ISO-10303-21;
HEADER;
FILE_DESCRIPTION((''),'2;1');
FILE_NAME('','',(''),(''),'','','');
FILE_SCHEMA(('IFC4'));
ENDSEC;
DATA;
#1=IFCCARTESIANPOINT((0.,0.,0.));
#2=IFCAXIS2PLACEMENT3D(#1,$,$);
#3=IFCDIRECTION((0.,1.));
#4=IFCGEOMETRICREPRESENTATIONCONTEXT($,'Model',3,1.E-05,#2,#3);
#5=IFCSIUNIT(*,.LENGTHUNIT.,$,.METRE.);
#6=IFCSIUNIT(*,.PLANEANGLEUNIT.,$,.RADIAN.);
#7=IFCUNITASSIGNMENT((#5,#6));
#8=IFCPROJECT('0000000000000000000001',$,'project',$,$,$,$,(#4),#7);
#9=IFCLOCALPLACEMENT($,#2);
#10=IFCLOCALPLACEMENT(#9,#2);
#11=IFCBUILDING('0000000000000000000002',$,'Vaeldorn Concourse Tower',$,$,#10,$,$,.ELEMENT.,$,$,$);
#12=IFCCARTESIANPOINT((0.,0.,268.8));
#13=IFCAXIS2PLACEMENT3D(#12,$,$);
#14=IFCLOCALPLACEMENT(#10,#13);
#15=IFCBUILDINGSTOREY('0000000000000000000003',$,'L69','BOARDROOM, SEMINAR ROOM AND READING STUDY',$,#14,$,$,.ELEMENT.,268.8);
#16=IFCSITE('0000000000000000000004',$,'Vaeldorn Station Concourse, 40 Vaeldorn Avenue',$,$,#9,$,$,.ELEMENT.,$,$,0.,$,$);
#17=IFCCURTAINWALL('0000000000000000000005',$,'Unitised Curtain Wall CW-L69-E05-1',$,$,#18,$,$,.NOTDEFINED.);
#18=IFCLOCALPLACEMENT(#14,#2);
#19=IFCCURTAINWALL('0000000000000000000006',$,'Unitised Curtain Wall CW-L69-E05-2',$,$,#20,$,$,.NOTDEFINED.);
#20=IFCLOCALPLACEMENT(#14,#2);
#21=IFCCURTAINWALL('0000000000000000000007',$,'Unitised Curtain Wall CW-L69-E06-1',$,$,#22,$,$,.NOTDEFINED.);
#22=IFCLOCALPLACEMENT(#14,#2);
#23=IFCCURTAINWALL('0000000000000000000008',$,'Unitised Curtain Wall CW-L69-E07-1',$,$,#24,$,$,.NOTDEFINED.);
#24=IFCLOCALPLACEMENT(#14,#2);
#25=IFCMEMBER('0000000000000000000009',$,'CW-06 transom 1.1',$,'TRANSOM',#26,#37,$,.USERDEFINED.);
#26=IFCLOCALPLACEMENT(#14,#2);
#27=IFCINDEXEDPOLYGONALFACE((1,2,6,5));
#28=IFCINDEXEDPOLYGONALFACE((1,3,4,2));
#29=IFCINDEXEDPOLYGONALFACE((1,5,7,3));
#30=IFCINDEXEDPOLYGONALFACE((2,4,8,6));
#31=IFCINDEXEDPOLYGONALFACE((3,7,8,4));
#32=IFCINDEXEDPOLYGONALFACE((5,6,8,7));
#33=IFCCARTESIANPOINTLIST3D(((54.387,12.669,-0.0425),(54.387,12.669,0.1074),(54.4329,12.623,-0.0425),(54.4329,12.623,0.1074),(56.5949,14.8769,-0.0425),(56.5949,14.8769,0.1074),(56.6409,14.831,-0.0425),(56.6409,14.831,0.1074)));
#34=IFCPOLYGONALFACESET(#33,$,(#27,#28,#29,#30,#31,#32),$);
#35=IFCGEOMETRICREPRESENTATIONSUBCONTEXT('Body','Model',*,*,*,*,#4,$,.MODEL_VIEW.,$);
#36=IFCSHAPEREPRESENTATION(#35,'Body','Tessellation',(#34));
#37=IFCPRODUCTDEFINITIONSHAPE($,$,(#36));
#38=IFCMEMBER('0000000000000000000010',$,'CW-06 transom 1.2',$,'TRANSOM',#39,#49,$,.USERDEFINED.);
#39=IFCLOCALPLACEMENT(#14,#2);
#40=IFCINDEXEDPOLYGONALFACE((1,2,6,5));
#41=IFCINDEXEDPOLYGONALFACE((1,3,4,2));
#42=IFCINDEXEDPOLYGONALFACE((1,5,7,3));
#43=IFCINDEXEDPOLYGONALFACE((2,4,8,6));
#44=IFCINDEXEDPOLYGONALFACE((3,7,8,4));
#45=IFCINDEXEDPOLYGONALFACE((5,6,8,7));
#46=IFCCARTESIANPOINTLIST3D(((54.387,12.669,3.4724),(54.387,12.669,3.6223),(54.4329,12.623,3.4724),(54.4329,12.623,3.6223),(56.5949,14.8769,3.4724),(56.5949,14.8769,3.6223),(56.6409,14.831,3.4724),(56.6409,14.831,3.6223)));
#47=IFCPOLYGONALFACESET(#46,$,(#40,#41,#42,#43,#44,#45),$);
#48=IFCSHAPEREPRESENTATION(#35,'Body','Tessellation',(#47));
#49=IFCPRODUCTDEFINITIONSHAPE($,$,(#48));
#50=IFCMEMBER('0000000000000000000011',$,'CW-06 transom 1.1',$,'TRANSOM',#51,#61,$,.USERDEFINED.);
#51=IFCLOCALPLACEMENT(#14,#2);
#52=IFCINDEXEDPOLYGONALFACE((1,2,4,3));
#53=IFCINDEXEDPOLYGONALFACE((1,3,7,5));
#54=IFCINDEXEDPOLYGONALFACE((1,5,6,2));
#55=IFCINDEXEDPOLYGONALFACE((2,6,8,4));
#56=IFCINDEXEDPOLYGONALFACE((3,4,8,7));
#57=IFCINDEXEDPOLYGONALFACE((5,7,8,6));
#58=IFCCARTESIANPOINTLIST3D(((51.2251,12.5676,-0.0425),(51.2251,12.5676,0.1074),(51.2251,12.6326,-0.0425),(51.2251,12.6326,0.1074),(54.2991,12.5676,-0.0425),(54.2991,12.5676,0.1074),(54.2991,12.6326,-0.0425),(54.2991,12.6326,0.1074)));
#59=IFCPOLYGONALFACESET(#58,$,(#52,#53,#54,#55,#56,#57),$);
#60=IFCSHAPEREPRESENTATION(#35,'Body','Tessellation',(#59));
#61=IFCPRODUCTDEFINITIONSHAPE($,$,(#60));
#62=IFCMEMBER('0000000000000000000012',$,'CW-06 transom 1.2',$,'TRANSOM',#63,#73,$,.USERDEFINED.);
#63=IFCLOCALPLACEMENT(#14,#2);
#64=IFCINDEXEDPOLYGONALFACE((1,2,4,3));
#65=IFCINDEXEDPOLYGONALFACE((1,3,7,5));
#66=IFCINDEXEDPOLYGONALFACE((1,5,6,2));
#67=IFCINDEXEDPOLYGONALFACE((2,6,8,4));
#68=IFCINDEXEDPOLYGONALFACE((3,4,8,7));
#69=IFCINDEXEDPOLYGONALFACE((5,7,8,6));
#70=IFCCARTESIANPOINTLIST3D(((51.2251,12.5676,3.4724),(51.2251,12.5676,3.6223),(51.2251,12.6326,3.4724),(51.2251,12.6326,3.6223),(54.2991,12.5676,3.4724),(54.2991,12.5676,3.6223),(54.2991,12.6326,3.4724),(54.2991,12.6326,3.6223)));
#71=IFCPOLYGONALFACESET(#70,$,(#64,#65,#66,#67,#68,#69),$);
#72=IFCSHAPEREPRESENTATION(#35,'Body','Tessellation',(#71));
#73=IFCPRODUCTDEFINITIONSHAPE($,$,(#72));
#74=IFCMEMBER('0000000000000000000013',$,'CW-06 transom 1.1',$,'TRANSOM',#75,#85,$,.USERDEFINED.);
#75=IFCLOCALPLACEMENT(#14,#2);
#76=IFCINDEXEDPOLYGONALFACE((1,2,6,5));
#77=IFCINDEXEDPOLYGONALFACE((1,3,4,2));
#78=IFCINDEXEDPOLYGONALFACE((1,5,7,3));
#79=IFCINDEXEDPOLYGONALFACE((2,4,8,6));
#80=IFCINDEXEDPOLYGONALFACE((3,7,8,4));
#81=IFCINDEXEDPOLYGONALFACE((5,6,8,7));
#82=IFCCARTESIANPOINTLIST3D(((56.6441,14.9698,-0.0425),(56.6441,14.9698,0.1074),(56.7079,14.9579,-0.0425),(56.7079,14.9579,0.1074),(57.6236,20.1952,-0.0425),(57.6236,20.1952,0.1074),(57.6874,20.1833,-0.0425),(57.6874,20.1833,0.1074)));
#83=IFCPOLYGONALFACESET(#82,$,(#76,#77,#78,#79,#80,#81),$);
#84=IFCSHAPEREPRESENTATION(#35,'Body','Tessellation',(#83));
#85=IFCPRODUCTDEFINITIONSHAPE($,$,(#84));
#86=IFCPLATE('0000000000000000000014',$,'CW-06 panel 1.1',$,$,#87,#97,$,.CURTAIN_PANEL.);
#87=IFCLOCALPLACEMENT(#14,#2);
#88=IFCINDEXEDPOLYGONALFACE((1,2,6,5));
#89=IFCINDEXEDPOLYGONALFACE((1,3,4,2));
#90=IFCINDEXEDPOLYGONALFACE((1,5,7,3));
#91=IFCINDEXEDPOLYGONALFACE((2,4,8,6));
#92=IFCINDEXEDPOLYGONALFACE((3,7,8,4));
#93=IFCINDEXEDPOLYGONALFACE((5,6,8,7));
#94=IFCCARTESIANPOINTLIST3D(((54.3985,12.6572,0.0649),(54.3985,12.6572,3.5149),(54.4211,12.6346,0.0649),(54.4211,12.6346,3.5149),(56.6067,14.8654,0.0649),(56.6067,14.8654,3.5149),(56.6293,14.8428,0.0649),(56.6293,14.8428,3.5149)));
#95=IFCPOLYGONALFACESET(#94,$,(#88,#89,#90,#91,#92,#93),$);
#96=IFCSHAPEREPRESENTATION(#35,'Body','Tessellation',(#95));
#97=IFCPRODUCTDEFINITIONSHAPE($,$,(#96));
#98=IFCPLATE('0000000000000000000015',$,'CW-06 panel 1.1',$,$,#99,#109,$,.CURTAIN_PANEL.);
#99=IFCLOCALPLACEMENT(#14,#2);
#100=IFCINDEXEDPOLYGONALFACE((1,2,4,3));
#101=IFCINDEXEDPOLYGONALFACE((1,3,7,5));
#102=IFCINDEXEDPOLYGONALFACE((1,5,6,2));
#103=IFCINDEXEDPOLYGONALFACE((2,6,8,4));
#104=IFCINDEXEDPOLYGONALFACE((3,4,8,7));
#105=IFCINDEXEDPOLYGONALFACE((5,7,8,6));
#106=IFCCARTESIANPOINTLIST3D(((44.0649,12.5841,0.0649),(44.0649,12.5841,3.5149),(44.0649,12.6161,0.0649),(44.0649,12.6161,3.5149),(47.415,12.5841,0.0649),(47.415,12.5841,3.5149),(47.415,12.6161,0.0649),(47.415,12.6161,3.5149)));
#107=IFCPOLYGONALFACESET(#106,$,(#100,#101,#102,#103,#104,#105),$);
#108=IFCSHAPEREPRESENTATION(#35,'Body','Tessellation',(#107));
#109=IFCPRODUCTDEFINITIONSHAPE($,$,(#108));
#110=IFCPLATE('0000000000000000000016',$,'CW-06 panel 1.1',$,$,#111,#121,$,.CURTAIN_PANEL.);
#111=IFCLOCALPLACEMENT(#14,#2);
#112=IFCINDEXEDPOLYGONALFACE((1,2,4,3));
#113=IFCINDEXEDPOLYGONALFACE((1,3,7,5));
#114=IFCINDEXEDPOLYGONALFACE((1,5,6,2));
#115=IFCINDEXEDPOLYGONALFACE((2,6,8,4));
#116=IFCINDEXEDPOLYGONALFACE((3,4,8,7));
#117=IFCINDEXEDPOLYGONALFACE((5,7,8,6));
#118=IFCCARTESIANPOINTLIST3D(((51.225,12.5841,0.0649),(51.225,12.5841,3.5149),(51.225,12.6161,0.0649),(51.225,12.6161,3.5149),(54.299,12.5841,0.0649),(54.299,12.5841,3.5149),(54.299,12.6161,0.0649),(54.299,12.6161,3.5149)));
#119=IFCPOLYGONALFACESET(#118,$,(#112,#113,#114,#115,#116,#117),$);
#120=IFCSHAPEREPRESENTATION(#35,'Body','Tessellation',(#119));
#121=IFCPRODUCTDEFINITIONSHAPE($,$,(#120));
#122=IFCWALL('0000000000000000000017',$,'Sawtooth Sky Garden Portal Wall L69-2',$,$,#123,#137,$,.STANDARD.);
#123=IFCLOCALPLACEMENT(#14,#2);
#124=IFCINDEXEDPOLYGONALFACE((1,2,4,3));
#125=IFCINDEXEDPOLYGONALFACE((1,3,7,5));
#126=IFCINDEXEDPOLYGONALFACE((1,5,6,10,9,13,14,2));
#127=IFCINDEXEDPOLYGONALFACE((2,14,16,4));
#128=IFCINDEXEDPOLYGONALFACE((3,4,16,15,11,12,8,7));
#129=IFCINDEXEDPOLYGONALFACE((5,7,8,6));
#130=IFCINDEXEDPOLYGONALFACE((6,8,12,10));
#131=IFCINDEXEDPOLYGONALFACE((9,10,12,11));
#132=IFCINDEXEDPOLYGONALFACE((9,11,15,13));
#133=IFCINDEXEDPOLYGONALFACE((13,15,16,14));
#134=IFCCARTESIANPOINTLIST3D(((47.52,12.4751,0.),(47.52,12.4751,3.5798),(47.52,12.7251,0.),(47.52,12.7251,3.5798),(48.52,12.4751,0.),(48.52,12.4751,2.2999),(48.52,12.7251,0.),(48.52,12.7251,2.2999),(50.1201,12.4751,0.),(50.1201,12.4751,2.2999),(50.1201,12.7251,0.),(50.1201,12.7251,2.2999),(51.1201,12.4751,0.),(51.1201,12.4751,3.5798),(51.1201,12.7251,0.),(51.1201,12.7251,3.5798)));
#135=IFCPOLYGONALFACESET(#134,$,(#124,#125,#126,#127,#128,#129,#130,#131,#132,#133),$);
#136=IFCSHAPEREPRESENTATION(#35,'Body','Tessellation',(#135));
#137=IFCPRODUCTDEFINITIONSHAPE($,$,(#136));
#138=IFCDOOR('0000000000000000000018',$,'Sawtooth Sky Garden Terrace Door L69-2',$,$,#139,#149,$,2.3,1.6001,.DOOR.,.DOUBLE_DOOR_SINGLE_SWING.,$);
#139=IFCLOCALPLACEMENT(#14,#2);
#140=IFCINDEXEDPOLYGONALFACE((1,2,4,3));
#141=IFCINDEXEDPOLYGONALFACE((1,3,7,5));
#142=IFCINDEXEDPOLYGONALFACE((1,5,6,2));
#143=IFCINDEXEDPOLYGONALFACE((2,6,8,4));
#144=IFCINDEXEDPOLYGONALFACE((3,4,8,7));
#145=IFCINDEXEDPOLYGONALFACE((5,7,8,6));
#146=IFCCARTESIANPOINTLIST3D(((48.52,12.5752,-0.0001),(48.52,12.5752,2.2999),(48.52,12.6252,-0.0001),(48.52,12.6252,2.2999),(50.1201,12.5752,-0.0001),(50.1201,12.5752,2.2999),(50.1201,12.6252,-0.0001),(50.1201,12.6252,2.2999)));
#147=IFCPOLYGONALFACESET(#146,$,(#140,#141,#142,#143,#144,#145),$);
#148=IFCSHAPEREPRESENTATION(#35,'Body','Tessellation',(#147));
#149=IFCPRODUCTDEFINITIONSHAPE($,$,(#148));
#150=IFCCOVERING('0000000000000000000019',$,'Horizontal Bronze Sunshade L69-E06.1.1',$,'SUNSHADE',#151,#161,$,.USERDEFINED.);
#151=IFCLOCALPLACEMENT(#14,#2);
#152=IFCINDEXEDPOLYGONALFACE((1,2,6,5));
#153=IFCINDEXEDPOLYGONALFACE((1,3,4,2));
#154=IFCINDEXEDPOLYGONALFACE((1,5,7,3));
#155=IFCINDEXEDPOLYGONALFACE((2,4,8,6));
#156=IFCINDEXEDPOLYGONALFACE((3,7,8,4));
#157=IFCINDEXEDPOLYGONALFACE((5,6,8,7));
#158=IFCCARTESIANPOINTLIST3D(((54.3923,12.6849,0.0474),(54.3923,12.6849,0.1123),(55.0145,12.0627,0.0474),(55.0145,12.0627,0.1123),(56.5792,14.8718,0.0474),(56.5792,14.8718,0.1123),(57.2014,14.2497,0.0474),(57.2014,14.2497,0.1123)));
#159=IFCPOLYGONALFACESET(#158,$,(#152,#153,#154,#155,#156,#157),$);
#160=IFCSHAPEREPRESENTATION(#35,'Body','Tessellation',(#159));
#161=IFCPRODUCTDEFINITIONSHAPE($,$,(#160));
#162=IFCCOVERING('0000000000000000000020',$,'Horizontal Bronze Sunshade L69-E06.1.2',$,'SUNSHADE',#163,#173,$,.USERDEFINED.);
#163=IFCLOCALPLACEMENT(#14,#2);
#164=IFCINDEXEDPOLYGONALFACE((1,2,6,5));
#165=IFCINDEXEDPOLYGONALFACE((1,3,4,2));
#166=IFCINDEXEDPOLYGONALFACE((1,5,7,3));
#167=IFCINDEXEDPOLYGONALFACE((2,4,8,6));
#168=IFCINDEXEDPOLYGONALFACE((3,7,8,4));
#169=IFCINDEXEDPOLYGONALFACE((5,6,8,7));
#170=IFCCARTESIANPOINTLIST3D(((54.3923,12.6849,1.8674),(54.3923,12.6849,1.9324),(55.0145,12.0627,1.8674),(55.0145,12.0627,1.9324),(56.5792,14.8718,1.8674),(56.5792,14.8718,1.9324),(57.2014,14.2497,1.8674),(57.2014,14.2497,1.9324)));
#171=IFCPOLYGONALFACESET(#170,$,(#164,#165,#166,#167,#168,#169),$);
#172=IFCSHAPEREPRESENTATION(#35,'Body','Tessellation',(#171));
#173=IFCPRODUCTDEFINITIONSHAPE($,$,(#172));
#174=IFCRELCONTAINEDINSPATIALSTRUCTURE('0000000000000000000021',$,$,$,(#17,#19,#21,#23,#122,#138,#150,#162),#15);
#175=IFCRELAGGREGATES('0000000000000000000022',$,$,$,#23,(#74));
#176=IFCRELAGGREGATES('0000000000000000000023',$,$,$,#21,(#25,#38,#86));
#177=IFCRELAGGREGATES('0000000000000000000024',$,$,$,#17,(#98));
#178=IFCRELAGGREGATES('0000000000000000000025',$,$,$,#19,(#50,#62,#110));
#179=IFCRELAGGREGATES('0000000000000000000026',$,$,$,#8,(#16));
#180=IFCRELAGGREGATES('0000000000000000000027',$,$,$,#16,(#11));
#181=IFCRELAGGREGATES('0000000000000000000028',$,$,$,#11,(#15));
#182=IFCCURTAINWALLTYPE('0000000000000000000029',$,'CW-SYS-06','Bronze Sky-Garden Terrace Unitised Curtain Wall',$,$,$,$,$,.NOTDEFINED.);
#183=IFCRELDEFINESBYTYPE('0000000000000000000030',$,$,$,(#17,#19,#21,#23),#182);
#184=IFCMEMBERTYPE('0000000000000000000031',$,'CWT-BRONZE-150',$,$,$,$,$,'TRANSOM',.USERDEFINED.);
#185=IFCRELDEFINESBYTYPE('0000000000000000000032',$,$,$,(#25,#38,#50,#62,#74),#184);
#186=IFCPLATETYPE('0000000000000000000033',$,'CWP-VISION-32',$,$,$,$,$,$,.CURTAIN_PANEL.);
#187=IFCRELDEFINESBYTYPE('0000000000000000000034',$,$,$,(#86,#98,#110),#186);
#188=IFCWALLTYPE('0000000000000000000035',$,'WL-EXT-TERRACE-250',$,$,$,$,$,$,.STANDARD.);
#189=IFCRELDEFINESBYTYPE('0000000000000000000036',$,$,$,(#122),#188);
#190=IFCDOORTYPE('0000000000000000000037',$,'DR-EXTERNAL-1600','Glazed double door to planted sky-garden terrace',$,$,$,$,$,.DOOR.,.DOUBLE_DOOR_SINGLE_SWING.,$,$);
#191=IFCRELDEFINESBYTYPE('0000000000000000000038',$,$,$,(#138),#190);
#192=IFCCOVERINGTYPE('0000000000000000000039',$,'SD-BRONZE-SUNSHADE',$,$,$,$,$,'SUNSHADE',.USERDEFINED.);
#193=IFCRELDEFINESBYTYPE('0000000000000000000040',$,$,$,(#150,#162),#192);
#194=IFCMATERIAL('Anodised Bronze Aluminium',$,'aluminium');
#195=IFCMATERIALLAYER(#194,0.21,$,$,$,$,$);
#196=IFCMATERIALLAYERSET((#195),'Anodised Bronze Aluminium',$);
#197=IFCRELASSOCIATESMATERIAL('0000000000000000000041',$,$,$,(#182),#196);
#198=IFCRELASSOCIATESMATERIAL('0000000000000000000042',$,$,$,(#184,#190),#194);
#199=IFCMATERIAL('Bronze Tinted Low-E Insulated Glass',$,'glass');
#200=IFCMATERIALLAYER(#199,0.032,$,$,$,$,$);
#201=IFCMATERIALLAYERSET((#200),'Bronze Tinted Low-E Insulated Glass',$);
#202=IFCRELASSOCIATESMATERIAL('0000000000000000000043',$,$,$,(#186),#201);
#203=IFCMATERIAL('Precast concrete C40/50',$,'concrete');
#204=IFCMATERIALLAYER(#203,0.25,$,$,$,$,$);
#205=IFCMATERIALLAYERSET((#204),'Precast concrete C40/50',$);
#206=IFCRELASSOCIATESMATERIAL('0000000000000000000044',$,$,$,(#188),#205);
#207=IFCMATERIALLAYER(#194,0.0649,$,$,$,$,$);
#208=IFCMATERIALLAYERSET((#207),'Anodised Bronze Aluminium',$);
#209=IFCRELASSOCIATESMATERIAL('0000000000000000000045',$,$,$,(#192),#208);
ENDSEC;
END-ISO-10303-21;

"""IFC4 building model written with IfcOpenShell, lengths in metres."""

from ifc_helpers import new_model, si_unit, direction, frame, frame_2d, origin, origin_2d, place, context, subcontext, project, spatial, rectangle, extrude, source, transform, mapped, material, layer, layer_set, material_profile, profile_set, type_object, element, fill, aggregate, save


model = new_model("IFC4")

# Units and contexts
model_context = context("Model", 3, precision=1e-05, world=origin(), true_north=direction((0.0, 1.0)))
body_context = subcontext(model_context, "Body", "Model", "MODEL_VIEW")
ifc_project = project(units=[si_unit("LENGTHUNIT", "METRE"), si_unit("PLANEANGLEUNIT", "RADIAN")], contexts=[model_context])

# Site, building, storey
site_placement = place(None, origin())
site = spatial("IfcSite", under=ifc_project, at=site_placement, Name="Vaeldorn Station Concourse, 40 Vaeldorn Avenue", CompositionType="ELEMENT", RefElevation=0.0)
building_placement = place(site_placement, origin())
building = spatial("IfcBuilding", under=site, at=building_placement, Name="Vaeldorn Concourse Tower", CompositionType="ELEMENT")
storey_placement = place(building_placement, frame((0.0, 0.0, 268.8)))
storey = spatial("IfcBuildingStorey", under=building, at=storey_placement, Name="L69", Description="BOARDROOM, SEMINAR ROOM AND READING STUDY", CompositionType="ELEMENT", Elevation=268.8)

# Curtain wall
ifc_material_1 = material(Name="Anodised Bronze Aluminium", Category="aluminium")
ifc_layer_1 = layer(ifc_material_1, 0.21)
ifc_layer_set_1 = layer_set([ifc_layer_1], Name="Anodised Bronze Aluminium")
curtain_wall_type = type_object("IfcCurtainWallType", Name="CW-SYS-06", Description="Bronze Sky-Garden Terrace Unitised Curtain Wall", PredefinedType="NOTDEFINED", material=ifc_layer_set_1)
curtain_wall_1_placement = place(storey_placement, origin())
curtain_wall_1 = element("IfcCurtainWall", 1, at=curtain_wall_1_placement, inside=storey, type_object=curtain_wall_type, Name="Unitised Curtain Wall CW-L69-E05-1", PredefinedType="NOTDEFINED")

# Curtain walls
curtain_wall_2_placement = place(storey_placement, origin())
curtain_wall_2 = element("IfcCurtainWall", 2, at=curtain_wall_2_placement, inside=storey, type_object=curtain_wall_type, Name="Unitised Curtain Wall CW-L69-E05-2", PredefinedType="NOTDEFINED")
curtain_wall_3_placement = place(storey_placement, origin())
curtain_wall_3 = element("IfcCurtainWall", 3, at=curtain_wall_3_placement, inside=storey, type_object=curtain_wall_type, Name="Unitised Curtain Wall CW-L69-E06-1", PredefinedType="NOTDEFINED")

# Curtain wall
curtain_wall_4_placement = place(storey_placement, origin())
curtain_wall_4 = element("IfcCurtainWall", 4, at=curtain_wall_4_placement, inside=storey, type_object=curtain_wall_type, Name="Unitised Curtain Wall CW-L69-E07-1", PredefinedType="NOTDEFINED")

# Members
ifc_material_profile_1 = material_profile(ifc_material_1, rectangle(XDim=0.0649, YDim=0.1499, at=origin_2d()), Name="CWT 65x150")
ifc_profile_set_1 = profile_set([ifc_material_profile_1], Name="Anodised Bronze Aluminium")
member_type_1 = type_object("IfcMemberType", Name="CWT-BRONZE-150", ElementType="TRANSOM", PredefinedType="USERDEFINED", material=ifc_profile_set_1)
shared_shape_1 = source(origin(), body_context, "Body", "SweptSolid", [
    extrude(rectangle(XDim=0.0649, YDim=0.1499, at=origin_2d()), origin(), (0.0, 0.0, 1.0), 3.1226),
])
member_1_placement = place(storey_placement, frame((54.4099, 12.646, 0.0325), z_axis=(0.707107, 0.707107, 0.0), x_axis=(-0.707107, 0.707107, 0.0)))
member_1 = element("IfcMember", 5, at=member_1_placement, type_object=member_type_1, Name="CW-06 transom 1.1", ObjectType="TRANSOM", PredefinedType="USERDEFINED", context=body_context, shape_type="MappedRepresentation", body=[
    mapped(shared_shape_1, transform((0.0, 0.0, 0.0), scale=1.0)),
])
member_2_placement = place(storey_placement, frame((54.4099, 12.646, 3.5474), z_axis=(0.707107, 0.707107, 0.0), x_axis=(-0.707107, 0.707107, 0.0)))
member_2 = element("IfcMember", 6, at=member_2_placement, type_object=member_type_1, Name="CW-06 transom 1.2", ObjectType="TRANSOM", PredefinedType="USERDEFINED", context=body_context, shape_type="MappedRepresentation", body=[
    mapped(shared_shape_1, transform((0.0, 0.0, 0.0), scale=1.0)),
])
shared_shape_2 = source(origin(), body_context, "Body", "SweptSolid", [
    extrude(rectangle(XDim=0.0649, YDim=0.1499, at=origin_2d()), origin(), (0.0, 0.0, 1.0), 3.074),
])
member_3_placement = place(storey_placement, frame((51.2251, 12.6001, 0.0325), z_axis=(1.0, 0.0, 0.0), x_axis=(0.0, 1.0, 0.0)))
member_3 = element("IfcMember", 7, at=member_3_placement, type_object=member_type_1, Name="CW-06 transom 1.1", ObjectType="TRANSOM", PredefinedType="USERDEFINED", context=body_context, shape_type="MappedRepresentation", body=[
    mapped(shared_shape_2, transform((0.0, 0.0, 0.0), scale=1.0)),
])
member_4_placement = place(storey_placement, frame((51.2251, 12.6001, 3.5474), z_axis=(1.0, 0.0, 0.0), x_axis=(0.0, 1.0, 0.0)))
member_4 = element("IfcMember", 8, at=member_4_placement, type_object=member_type_1, Name="CW-06 transom 1.2", ObjectType="TRANSOM", PredefinedType="USERDEFINED", context=body_context, shape_type="MappedRepresentation", body=[
    mapped(shared_shape_2, transform((0.0, 0.0, 0.0), scale=1.0)),
])
shared_shape_3 = source(origin(), body_context, "Body", "SweptSolid", [
    extrude(rectangle(XDim=0.0649, YDim=0.1499, at=origin_2d()), origin(), (0.0, 0.0, 1.0), 5.3164),
])
member_5_placement = place(storey_placement, frame((56.676, 14.9639, 0.0325), z_axis=(0.184241, 0.982881, 0.0), x_axis=(-0.982881, 0.184241, 0.0)))
member_5 = element("IfcMember", 9, at=member_5_placement, type_object=member_type_1, Name="CW-06 transom 1.1", ObjectType="TRANSOM", PredefinedType="USERDEFINED", context=body_context, shape_type="MappedRepresentation", body=[
    mapped(shared_shape_3, transform((0.0, 0.0, 0.0), scale=1.0)),
])
aggregate(curtain_wall_4, [member_5])

# Plates
ifc_material_2 = material(Name="Bronze Tinted Low-E Insulated Glass", Category="glass")
ifc_layer_2 = layer(ifc_material_2, 0.032)
ifc_layer_set_2 = layer_set([ifc_layer_2], Name="Bronze Tinted Low-E Insulated Glass")
plate_type = type_object("IfcPlateType", Name="CWP-VISION-32", PredefinedType="CURTAIN_PANEL", material=ifc_layer_set_2)
shared_shape_4 = source(origin(), body_context, "Body", "SweptSolid", [
    extrude(rectangle(XDim=3.1228, YDim=0.032, at=origin_2d()), origin(), (0.0, 0.0, 1.0), 3.45),
])
plate_1_placement = place(storey_placement, frame((55.5139, 13.75, 0.0649), z_axis=(0.0, 0.0, 1.0), x_axis=(0.707107, 0.707107, 0.0)))
plate_1 = element("IfcPlate", 10, at=plate_1_placement, type_object=plate_type, Name="CW-06 panel 1.1", PredefinedType="CURTAIN_PANEL", context=body_context, shape_type="MappedRepresentation", body=[
    mapped(shared_shape_4, transform((0.0, 0.0, 0.0), scale=1.0)),
])
aggregate(curtain_wall_3, [member_1, member_2, plate_1])
shared_shape_5 = source(origin(), body_context, "Body", "SweptSolid", [
    extrude(rectangle(XDim=3.3501, YDim=0.032, at=origin_2d()), origin(), (0.0, 0.0, 1.0), 3.45),
])
plate_2_placement = place(storey_placement, frame((45.74, 12.6001, 0.0649), z_axis=(0.0, 0.0, 1.0), x_axis=(1.0, 0.0, 0.0)))
plate_2 = element("IfcPlate", 11, at=plate_2_placement, type_object=plate_type, Name="CW-06 panel 1.1", PredefinedType="CURTAIN_PANEL", context=body_context, shape_type="MappedRepresentation", body=[
    mapped(shared_shape_5, transform((0.0, 0.0, 0.0), scale=1.0)),
])
aggregate(curtain_wall_1, [plate_2])
shared_shape_6 = source(origin(), body_context, "Body", "SweptSolid", [
    extrude(rectangle(XDim=3.074, YDim=0.032, at=origin_2d()), origin(), (0.0, 0.0, 1.0), 3.45),
])
plate_3_placement = place(storey_placement, frame((52.762, 12.6001, 0.0649), z_axis=(0.0, 0.0, 1.0), x_axis=(1.0, 0.0, 0.0)))
plate_3 = element("IfcPlate", 12, at=plate_3_placement, type_object=plate_type, Name="CW-06 panel 1.1", PredefinedType="CURTAIN_PANEL", context=body_context, shape_type="MappedRepresentation", body=[
    mapped(shared_shape_6, transform((0.0, 0.0, 0.0), scale=1.0)),
])
aggregate(curtain_wall_2, [member_3, member_4, plate_3])

# Wall, opening, door
ifc_material_3 = material(Name="Precast concrete C40/50", Category="concrete")
ifc_layer_3 = layer(ifc_material_3, 0.25)
ifc_layer_set_3 = layer_set([ifc_layer_3], Name="Precast concrete C40/50")
wall_type = type_object("IfcWallType", Name="WL-EXT-TERRACE-250", PredefinedType="STANDARD", material=ifc_layer_set_3)
wall_placement = place(storey_placement, frame((51.1201, 12.6001, 0.0), z_axis=(0.0, 0.0, 1.0), x_axis=(-1.0, 0.0, 0.0)))
wall = element("IfcWall", 13, at=wall_placement, inside=storey, type_object=wall_type, Name="Sawtooth Sky Garden Portal Wall L69-2", PredefinedType="STANDARD", context=body_context, shape_type="SweptSolid", body=[
    extrude(rectangle(XDim=3.6001, YDim=0.25, at=frame_2d((1.8, 0.0))), origin(), (0.0, 0.0, 1.0), 3.5798),
])
opening_placement = place(wall_placement, frame((1.0, 0.0, 0.0)))
opening = element("IfcOpeningElement", 14, at=opening_placement, cuts=wall, PredefinedType="OPENING", context=body_context, shape_type="SweptSolid", body=[
    extrude(rectangle(XDim=1.6001, YDim=2.3, at=frame_2d((0.8, 1.1499))), frame((0.0, 0.135, 0.0), z_axis=(0.0, -1.0, 0.0), x_axis=(1.0, 0.0, 0.0)), (0.0, 0.0, 1.0), 0.27),
])
door_type = type_object("IfcDoorType", Name="DR-EXTERNAL-1600", Description="Glazed double door to planted sky-garden terrace", OperationType="DOUBLE_DOOR_SINGLE_SWING", PredefinedType="DOOR", material=ifc_material_1)
shared_shape_7 = source(origin(), body_context, "Body", "SweptSolid", [
    extrude(rectangle(XDim=1.6001, YDim=2.3, at=frame_2d((0.8, 1.1499))), frame((0.0, 0.0249, 0.0), z_axis=(0.0, -1.0, 0.0), x_axis=(1.0, 0.0, 0.0)), (0.0, 0.0, 1.0), 0.05),
])
door_placement = place(opening_placement, origin())
door = element("IfcDoor", 15, at=door_placement, inside=storey, type_object=door_type, Name="Sawtooth Sky Garden Terrace Door L69-2", OperationType="DOUBLE_DOOR_SINGLE_SWING", OverallHeight=2.3, OverallWidth=1.6001, PredefinedType="DOOR", context=body_context, shape_type="MappedRepresentation", body=[
    mapped(shared_shape_7, transform((0.0, 0.0, 0.0), scale=1.0)),
])
fill(opening, door)

# Coverings
ifc_layer_4 = layer(ifc_material_1, 0.0649)
ifc_layer_set_4 = layer_set([ifc_layer_4], Name="Anodised Bronze Aluminium")
covering_type = type_object("IfcCoveringType", Name="SD-BRONZE-SUNSHADE", ElementType="SUNSHADE", PredefinedType="USERDEFINED", material=ifc_layer_set_4)
shared_shape_8 = source(origin(), body_context, "Body", "SweptSolid", [
    extrude(rectangle(XDim=3.0928, YDim=0.8799, at=origin_2d()), origin(), (0.0, 0.0, 1.0), 0.0649),
])
for number, where, z_axis, x_axis, name in (
    (16, (55.7969, 13.4673, 0.0474), (0.0, 0.0, 1.0), (0.707107, 0.707107, 0.0), "Horizontal Bronze Sunshade L69-E06.1.1"),
    (17, (55.7969, 13.4673, 1.8674), (0.0, 0.0, 1.0), (0.707107, 0.707107, 0.0), "Horizontal Bronze Sunshade L69-E06.1.2"),
):
    element("IfcCovering", number, at=place(storey_placement, frame(where, z_axis=z_axis, x_axis=x_axis)), inside=storey, type_object=covering_type, Name=name, ObjectType="SUNSHADE", PredefinedType="USERDEFINED", context=body_context, shape_type="MappedRepresentation", body=[
        mapped(shared_shape_8, transform((0.0, 0.0, 0.0), scale=1.0)),
    ])

save(model, "model.ifc")
